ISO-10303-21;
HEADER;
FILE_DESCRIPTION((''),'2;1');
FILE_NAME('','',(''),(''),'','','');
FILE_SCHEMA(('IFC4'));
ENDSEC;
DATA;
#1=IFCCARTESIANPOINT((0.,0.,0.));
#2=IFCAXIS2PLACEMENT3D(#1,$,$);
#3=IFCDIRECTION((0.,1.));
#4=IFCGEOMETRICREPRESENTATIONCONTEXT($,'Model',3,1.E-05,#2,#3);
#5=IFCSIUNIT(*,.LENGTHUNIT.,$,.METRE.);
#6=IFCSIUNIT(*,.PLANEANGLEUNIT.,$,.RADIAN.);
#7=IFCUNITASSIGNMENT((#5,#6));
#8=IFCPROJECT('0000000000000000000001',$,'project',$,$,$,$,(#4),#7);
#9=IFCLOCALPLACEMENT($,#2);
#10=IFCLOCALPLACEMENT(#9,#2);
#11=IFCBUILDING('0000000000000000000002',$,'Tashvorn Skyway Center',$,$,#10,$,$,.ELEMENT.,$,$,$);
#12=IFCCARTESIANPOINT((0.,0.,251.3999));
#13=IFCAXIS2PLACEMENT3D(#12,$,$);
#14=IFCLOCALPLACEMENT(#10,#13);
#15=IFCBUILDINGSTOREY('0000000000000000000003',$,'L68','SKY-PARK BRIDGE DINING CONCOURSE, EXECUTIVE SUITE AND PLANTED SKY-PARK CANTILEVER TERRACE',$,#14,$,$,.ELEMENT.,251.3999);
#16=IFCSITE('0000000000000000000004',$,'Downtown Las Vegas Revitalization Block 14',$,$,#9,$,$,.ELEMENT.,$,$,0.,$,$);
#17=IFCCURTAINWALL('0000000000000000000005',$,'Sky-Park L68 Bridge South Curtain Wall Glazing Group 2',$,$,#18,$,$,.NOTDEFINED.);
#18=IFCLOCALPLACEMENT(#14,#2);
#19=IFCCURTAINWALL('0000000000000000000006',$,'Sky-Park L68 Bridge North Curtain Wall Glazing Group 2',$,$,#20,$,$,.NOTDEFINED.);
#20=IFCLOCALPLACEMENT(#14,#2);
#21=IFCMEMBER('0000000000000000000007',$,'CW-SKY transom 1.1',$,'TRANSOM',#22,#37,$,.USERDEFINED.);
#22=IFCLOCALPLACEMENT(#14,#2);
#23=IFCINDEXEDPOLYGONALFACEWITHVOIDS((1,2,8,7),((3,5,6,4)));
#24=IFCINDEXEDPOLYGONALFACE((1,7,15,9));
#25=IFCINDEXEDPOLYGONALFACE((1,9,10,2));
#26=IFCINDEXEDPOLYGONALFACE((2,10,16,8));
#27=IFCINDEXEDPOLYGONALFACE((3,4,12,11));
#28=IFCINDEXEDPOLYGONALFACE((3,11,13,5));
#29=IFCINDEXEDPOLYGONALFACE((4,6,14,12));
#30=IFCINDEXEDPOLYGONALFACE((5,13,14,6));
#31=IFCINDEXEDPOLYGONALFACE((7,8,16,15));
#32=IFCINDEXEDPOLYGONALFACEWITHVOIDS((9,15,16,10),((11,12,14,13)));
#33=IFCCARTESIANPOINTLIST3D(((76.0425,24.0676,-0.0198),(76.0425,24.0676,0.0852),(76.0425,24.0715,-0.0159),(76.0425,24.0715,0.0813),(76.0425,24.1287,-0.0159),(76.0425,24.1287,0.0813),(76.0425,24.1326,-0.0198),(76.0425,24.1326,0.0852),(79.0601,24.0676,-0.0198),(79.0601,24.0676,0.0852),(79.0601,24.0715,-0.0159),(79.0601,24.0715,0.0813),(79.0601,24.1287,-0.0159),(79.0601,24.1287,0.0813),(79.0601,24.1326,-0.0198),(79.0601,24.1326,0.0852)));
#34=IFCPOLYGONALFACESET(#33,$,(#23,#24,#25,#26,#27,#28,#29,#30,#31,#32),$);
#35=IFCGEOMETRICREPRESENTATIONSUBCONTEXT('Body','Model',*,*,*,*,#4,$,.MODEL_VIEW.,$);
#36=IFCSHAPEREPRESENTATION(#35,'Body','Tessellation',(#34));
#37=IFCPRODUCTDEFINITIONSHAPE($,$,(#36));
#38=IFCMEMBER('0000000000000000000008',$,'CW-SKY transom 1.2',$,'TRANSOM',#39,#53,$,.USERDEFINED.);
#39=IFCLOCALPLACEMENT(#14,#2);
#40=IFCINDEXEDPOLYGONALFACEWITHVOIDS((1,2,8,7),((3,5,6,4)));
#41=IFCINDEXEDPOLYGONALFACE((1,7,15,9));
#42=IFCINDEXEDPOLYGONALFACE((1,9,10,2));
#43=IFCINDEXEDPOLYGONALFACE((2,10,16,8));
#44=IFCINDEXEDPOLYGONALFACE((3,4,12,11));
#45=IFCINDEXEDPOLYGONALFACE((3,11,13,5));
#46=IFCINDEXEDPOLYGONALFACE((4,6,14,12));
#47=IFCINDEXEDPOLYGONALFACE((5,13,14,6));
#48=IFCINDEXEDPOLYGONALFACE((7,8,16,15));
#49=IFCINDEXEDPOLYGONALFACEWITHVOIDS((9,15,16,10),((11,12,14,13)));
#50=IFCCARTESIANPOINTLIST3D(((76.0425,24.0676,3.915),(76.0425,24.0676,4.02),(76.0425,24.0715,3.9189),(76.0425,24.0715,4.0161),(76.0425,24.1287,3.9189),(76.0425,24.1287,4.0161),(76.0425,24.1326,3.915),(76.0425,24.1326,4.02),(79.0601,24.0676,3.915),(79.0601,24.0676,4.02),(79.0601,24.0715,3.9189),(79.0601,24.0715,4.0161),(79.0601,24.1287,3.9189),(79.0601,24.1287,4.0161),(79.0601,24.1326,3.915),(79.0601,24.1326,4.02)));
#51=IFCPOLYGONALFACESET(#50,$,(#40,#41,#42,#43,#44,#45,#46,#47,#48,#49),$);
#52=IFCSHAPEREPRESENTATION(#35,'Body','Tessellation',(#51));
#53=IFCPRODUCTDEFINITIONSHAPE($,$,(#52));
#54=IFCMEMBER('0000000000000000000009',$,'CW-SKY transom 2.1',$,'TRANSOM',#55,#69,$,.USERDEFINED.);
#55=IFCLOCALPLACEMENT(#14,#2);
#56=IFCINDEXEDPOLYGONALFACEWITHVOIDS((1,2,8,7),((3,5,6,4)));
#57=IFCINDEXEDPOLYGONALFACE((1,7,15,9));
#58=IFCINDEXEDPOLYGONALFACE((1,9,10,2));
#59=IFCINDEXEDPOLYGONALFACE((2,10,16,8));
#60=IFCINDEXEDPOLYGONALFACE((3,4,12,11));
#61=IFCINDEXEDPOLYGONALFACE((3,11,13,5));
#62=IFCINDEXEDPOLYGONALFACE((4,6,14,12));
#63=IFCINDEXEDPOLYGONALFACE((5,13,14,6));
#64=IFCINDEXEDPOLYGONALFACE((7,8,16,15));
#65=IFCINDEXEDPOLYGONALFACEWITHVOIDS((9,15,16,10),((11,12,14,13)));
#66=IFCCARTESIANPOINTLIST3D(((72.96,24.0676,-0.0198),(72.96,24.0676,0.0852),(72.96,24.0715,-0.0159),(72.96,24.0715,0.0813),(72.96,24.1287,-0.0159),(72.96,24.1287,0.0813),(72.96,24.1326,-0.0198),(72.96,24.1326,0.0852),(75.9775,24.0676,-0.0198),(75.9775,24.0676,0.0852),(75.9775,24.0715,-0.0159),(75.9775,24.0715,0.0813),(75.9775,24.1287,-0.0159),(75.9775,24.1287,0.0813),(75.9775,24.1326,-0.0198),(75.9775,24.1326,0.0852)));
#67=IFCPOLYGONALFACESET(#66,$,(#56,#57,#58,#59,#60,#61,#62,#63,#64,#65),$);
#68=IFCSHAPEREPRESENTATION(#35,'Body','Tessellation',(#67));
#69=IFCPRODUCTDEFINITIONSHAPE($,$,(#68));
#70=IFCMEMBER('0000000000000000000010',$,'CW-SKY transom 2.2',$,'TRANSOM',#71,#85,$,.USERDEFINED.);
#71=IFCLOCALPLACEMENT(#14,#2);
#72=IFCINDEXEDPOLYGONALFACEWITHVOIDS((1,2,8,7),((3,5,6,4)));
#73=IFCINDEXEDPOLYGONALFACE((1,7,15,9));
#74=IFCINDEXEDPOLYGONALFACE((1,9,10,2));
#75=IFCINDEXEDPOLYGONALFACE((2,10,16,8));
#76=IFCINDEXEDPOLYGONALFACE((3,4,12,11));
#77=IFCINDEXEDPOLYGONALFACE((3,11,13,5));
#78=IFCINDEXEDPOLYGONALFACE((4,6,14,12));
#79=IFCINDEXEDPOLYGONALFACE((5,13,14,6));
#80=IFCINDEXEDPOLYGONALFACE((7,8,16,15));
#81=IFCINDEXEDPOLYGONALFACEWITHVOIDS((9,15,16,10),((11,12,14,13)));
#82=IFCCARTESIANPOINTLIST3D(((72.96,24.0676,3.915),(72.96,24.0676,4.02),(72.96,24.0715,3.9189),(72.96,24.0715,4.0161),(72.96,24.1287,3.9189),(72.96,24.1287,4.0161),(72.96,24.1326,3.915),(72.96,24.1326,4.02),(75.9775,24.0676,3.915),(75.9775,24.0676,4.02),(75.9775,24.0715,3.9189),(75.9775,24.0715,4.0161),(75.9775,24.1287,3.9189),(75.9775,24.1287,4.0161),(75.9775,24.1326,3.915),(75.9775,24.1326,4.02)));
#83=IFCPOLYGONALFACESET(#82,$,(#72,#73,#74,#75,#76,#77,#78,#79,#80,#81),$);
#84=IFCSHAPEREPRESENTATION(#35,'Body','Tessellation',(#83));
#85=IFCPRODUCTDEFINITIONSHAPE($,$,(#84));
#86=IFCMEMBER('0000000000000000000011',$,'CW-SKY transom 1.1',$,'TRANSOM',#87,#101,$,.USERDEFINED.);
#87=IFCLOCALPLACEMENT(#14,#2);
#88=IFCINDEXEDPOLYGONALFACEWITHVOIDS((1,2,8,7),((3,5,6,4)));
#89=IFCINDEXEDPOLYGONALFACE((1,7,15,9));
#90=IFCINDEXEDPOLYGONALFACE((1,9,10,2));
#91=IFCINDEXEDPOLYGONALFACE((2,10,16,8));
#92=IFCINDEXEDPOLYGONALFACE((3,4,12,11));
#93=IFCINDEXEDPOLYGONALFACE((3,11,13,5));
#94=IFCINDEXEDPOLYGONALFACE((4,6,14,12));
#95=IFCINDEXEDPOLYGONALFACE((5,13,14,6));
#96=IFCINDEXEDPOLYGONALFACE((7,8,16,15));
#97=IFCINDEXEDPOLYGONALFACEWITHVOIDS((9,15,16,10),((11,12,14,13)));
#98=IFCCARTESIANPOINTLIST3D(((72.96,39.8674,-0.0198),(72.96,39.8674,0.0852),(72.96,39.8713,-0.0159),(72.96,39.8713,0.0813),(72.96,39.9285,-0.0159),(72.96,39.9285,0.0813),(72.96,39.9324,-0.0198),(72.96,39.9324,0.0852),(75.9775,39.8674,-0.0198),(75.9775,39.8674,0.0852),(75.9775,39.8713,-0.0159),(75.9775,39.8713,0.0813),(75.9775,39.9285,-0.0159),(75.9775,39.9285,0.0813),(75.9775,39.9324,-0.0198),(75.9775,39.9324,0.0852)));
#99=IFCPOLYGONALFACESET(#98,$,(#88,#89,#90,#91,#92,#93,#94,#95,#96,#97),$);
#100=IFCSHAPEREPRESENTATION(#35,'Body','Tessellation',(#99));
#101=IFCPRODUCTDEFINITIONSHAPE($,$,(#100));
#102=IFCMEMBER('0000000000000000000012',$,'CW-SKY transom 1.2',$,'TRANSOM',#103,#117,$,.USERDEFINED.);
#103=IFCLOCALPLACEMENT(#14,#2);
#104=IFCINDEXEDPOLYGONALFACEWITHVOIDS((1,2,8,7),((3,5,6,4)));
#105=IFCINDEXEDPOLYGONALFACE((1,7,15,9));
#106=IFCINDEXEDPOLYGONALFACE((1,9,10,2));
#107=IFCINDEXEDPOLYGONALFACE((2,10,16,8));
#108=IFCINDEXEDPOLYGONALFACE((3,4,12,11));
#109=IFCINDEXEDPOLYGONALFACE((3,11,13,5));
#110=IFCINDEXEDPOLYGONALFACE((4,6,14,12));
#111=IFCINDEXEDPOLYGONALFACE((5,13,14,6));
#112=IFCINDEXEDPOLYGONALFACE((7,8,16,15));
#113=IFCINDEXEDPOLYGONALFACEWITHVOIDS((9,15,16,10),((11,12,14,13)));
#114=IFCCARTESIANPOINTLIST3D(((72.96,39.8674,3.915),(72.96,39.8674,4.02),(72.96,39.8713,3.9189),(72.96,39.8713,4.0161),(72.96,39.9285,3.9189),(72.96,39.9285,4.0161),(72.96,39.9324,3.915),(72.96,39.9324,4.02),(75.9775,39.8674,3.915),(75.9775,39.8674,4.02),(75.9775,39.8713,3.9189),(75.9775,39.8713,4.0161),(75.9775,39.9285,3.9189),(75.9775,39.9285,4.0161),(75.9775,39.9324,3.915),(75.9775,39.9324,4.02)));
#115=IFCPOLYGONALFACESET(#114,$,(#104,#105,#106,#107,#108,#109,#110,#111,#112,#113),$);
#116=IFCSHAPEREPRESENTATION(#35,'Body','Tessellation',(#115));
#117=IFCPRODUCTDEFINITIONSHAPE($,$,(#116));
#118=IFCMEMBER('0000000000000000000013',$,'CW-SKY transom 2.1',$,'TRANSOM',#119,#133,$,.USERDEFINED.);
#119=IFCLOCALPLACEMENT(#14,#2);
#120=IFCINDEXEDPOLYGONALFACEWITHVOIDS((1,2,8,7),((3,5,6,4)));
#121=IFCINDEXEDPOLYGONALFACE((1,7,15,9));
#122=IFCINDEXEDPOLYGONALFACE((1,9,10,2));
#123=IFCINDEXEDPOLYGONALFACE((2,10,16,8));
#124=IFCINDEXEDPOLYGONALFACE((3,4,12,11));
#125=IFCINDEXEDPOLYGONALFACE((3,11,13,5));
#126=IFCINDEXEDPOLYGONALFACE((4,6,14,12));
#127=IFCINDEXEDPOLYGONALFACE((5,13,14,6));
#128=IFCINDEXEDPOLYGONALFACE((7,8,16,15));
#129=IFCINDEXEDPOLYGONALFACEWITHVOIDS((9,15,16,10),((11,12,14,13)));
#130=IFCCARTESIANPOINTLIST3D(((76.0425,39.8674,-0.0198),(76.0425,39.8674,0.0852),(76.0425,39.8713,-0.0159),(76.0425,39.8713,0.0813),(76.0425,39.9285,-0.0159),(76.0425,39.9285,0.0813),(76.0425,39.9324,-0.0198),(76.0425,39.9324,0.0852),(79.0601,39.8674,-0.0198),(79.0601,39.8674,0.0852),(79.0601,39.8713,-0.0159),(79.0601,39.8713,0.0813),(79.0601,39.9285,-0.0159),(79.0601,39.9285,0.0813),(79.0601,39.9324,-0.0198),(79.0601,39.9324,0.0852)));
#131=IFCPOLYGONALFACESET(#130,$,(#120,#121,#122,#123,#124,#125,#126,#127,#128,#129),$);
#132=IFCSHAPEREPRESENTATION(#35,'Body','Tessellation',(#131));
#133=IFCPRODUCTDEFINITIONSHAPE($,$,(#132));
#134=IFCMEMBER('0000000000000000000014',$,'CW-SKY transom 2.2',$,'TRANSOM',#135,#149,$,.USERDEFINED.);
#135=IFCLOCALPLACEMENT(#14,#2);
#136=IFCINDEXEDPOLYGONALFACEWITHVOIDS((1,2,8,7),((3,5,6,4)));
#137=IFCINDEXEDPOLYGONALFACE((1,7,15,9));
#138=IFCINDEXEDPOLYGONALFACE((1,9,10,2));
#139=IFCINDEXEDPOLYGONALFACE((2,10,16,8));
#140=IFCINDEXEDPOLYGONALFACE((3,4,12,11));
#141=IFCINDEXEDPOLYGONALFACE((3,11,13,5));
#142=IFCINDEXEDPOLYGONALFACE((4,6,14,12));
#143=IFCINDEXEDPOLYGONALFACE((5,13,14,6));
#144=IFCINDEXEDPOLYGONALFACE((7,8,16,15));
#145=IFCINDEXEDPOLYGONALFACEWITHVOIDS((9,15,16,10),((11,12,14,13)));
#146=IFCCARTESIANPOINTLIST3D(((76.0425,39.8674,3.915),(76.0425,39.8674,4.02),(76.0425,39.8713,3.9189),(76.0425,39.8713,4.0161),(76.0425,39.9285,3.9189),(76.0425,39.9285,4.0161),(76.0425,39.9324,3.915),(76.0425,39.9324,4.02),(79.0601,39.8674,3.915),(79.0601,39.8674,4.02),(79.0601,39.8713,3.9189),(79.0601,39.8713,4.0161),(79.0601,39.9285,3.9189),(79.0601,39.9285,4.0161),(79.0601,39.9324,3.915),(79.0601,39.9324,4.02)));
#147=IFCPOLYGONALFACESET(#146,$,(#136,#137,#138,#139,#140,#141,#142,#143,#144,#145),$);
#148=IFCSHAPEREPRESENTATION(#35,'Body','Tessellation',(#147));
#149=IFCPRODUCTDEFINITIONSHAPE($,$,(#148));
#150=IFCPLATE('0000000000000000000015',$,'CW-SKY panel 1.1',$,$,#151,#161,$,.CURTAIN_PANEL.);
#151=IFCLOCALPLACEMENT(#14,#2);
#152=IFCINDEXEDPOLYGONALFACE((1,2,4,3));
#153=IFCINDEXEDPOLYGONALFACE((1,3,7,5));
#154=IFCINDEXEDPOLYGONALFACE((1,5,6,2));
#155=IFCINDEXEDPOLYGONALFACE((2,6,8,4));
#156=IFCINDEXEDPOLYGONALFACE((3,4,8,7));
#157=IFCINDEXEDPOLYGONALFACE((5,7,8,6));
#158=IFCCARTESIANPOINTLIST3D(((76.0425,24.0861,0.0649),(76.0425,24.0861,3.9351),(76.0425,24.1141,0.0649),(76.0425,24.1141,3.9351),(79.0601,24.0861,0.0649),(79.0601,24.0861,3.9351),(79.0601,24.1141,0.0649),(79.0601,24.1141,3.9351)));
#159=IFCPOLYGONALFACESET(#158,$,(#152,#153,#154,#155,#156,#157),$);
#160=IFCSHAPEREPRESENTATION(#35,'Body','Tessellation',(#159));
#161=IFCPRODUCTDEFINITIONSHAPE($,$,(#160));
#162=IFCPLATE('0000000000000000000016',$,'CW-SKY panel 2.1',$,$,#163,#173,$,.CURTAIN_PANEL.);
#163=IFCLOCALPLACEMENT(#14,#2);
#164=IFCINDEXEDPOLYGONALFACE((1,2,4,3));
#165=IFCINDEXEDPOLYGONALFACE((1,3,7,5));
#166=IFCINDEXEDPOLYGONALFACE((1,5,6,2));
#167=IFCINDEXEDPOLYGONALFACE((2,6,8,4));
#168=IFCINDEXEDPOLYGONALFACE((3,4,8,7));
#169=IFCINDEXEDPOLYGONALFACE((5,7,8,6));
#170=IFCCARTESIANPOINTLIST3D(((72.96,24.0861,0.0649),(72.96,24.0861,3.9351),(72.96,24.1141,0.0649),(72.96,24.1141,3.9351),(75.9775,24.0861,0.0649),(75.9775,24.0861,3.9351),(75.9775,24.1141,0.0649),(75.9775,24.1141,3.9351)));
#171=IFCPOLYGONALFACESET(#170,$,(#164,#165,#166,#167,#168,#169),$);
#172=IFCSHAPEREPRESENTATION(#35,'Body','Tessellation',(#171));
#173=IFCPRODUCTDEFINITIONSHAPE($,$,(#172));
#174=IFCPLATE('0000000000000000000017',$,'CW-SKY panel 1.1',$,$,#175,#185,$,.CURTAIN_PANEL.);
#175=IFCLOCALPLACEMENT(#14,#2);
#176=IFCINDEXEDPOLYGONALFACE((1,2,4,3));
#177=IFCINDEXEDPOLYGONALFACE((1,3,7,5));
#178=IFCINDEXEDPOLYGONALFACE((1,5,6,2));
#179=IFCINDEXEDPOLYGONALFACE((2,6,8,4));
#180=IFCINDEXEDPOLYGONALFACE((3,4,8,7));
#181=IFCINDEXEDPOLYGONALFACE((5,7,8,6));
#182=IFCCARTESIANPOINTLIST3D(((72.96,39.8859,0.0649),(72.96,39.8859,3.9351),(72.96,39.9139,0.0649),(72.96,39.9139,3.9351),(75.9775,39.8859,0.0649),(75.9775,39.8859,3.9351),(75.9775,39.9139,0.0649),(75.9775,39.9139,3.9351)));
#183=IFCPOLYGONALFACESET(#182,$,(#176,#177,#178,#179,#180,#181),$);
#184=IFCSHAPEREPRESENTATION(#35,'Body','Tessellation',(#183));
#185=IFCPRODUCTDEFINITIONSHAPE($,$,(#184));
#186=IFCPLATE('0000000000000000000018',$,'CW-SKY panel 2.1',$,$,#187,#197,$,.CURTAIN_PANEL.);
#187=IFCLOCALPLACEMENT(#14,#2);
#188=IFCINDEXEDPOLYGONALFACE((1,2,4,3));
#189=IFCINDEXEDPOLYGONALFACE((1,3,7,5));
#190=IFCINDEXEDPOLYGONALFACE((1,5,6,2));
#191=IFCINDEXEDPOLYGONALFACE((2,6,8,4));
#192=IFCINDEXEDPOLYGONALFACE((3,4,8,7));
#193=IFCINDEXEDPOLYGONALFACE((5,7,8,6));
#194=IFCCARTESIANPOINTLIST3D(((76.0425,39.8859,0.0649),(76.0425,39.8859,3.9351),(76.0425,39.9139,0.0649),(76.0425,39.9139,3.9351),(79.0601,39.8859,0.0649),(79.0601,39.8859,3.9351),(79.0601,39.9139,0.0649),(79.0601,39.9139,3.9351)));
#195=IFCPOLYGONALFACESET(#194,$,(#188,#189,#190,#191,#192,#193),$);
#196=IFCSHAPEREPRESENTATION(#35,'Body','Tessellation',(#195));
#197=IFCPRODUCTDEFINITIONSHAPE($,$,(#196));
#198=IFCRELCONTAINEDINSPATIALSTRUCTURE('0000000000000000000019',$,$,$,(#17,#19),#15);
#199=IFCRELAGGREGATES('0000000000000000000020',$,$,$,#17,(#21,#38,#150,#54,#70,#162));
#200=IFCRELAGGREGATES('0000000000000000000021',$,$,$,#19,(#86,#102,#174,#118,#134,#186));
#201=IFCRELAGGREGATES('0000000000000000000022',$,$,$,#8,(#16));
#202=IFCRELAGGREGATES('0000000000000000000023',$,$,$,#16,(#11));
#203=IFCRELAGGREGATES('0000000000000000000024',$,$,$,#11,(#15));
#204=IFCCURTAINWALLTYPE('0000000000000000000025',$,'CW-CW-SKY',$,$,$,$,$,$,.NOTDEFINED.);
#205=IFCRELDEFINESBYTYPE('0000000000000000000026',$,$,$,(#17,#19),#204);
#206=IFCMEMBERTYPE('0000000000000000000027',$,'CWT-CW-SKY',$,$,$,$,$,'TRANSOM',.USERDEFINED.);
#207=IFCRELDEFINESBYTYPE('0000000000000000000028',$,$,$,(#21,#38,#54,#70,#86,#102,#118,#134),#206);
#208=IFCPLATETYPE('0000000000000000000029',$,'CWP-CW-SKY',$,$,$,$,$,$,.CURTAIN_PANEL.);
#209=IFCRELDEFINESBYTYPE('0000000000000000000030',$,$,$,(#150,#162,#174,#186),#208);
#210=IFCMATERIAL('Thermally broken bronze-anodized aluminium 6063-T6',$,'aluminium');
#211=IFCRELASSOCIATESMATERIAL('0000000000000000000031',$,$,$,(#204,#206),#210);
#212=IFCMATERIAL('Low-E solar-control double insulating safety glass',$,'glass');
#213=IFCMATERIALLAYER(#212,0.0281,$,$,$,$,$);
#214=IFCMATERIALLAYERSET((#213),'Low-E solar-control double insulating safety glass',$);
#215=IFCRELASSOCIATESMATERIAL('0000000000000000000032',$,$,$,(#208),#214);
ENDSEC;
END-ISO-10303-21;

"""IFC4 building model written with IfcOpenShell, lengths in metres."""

from ifc_helpers import new_model, si_unit, direction, frame, origin, origin_2d, place, context, subcontext, project, spatial, rectangle, hollow_rectangle, extrude, material, layer, layer_set, material_profile, profile_set, type_object, element, aggregate, save


model = new_model("IFC4")

# Units and contexts
model_context = context("Model", 3, precision=1e-05, world=origin(), true_north=direction((0.0, 1.0)))
body_context = subcontext(model_context, "Body", "Model", "MODEL_VIEW")
ifc_project = project(units=[si_unit("LENGTHUNIT", "METRE"), si_unit("PLANEANGLEUNIT", "RADIAN")], contexts=[model_context])

# Site, building, storey
site_placement = place(None, origin())
site = spatial("IfcSite", under=ifc_project, at=site_placement, Name="Downtown Las Vegas Revitalization Block 14", CompositionType="ELEMENT", RefElevation=0.0)
building_placement = place(site_placement, origin())
building = spatial("IfcBuilding", under=site, at=building_placement, Name="Tashvorn Skyway Center", CompositionType="ELEMENT")
storey_placement = place(building_placement, frame((0.0, 0.0, 251.3999)))
storey = spatial("IfcBuildingStorey", under=building, at=storey_placement, Name="L68", Description="SKY-PARK BRIDGE DINING CONCOURSE, EXECUTIVE SUITE AND PLANTED SKY-PARK CANTILEVER TERRACE", CompositionType="ELEMENT", Elevation=251.3999)

# Shared definitions
ifc_material_1 = material(Name="Thermally broken bronze-anodized aluminium 6063-T6", Category="aluminium")
curtain_wall_type = type_object("IfcCurtainWallType", Name="CW-CW-SKY", PredefinedType="NOTDEFINED", material=ifc_material_1)

# Curtain walls
curtain_wall_1_placement = place(storey_placement, origin())
curtain_wall_1 = element("IfcCurtainWall", 1, at=curtain_wall_1_placement, inside=storey, type_object=curtain_wall_type, Name="Sky-Park L68 Bridge South Curtain Wall Glazing Group 2", PredefinedType="NOTDEFINED")
curtain_wall_2_placement = place(storey_placement, origin())
curtain_wall_2 = element("IfcCurtainWall", 2, at=curtain_wall_2_placement, inside=storey, type_object=curtain_wall_type, Name="Sky-Park L68 Bridge North Curtain Wall Glazing Group 2", PredefinedType="NOTDEFINED")

# Members
ifc_material_profile_1 = material_profile(ifc_material_1, hollow_rectangle(XDim=0.0649, YDim=0.105, WallThickness=0.0039, at=origin_2d()), Name="ALU-TRAN-65x105")
ifc_profile_set_1 = profile_set([ifc_material_profile_1], Name="Thermally broken bronze-anodized aluminium 6063-T6")
member_type_1 = type_object("IfcMemberType", Name="CWT-CW-SKY", ElementType="TRANSOM", PredefinedType="USERDEFINED", material=ifc_profile_set_1)
member_1_placement = place(storey_placement, frame((79.0601, 24.1001, 0.0327), z_axis=(-1.0, 0.0, 0.0), x_axis=(0.0, -1.0, 0.0)))
member_1 = element("IfcMember", 3, at=member_1_placement, type_object=member_type_1, Name="CW-SKY transom 1.1", ObjectType="TRANSOM", PredefinedType="USERDEFINED", context=body_context, shape_type="SweptSolid", body=[
    extrude(hollow_rectangle(XDim=0.0649, YDim=0.105, WallThickness=0.0039, at=origin_2d()), origin(), (0.0, 0.0, 1.0), 3.0176),
])
member_2_placement = place(storey_placement, frame((79.0601, 24.1001, 3.9675), z_axis=(-1.0, 0.0, 0.0), x_axis=(0.0, -1.0, 0.0)))
member_2 = element("IfcMember", 4, at=member_2_placement, type_object=member_type_1, Name="CW-SKY transom 1.2", ObjectType="TRANSOM", PredefinedType="USERDEFINED", context=body_context, shape_type="SweptSolid", body=[
    extrude(hollow_rectangle(XDim=0.0649, YDim=0.105, WallThickness=0.0039, at=origin_2d()), origin(), (0.0, 0.0, 1.0), 3.0176),
])
member_3_placement = place(storey_placement, frame((75.9775, 24.1001, 0.0327), z_axis=(-1.0, 0.0, 0.0), x_axis=(0.0, -1.0, 0.0)))
member_3 = element("IfcMember", 5, at=member_3_placement, type_object=member_type_1, Name="CW-SKY transom 2.1", ObjectType="TRANSOM", PredefinedType="USERDEFINED", context=body_context, shape_type="SweptSolid", body=[
    extrude(hollow_rectangle(XDim=0.0649, YDim=0.105, WallThickness=0.0039, at=origin_2d()), origin(), (0.0, 0.0, 1.0), 3.0176),
])
member_4_placement = place(storey_placement, frame((75.9775, 24.1001, 3.9675), z_axis=(-1.0, 0.0, 0.0), x_axis=(0.0, -1.0, 0.0)))
member_4 = element("IfcMember", 6, at=member_4_placement, type_object=member_type_1, Name="CW-SKY transom 2.2", ObjectType="TRANSOM", PredefinedType="USERDEFINED", context=body_context, shape_type="SweptSolid", body=[
    extrude(hollow_rectangle(XDim=0.0649, YDim=0.105, WallThickness=0.0039, at=origin_2d()), origin(), (0.0, 0.0, 1.0), 3.0176),
])
member_5_placement = place(storey_placement, frame((72.96, 39.8999, 0.0327), z_axis=(1.0, 0.0, 0.0), x_axis=(0.0, 1.0, 0.0)))
member_5 = element("IfcMember", 7, at=member_5_placement, type_object=member_type_1, Name="CW-SKY transom 1.1", ObjectType="TRANSOM", PredefinedType="USERDEFINED", context=body_context, shape_type="SweptSolid", body=[
    extrude(hollow_rectangle(XDim=0.0649, YDim=0.105, WallThickness=0.0039, at=origin_2d()), origin(), (0.0, 0.0, 1.0), 3.0176),
])
member_6_placement = place(storey_placement, frame((72.96, 39.8999, 3.9675), z_axis=(1.0, 0.0, 0.0), x_axis=(0.0, 1.0, 0.0)))
member_6 = element("IfcMember", 8, at=member_6_placement, type_object=member_type_1, Name="CW-SKY transom 1.2", ObjectType="TRANSOM", PredefinedType="USERDEFINED", context=body_context, shape_type="SweptSolid", body=[
    extrude(hollow_rectangle(XDim=0.0649, YDim=0.105, WallThickness=0.0039, at=origin_2d()), origin(), (0.0, 0.0, 1.0), 3.0176),
])
member_7_placement = place(storey_placement, frame((76.0425, 39.8999, 0.0327), z_axis=(1.0, 0.0, 0.0), x_axis=(0.0, 1.0, 0.0)))
member_7 = element("IfcMember", 9, at=member_7_placement, type_object=member_type_1, Name="CW-SKY transom 2.1", ObjectType="TRANSOM", PredefinedType="USERDEFINED", context=body_context, shape_type="SweptSolid", body=[
    extrude(hollow_rectangle(XDim=0.0649, YDim=0.105, WallThickness=0.0039, at=origin_2d()), origin(), (0.0, 0.0, 1.0), 3.0176),
])
member_8_placement = place(storey_placement, frame((76.0425, 39.8999, 3.9675), z_axis=(1.0, 0.0, 0.0), x_axis=(0.0, 1.0, 0.0)))
member_8 = element("IfcMember", 10, at=member_8_placement, type_object=member_type_1, Name="CW-SKY transom 2.2", ObjectType="TRANSOM", PredefinedType="USERDEFINED", context=body_context, shape_type="SweptSolid", body=[
    extrude(hollow_rectangle(XDim=0.0649, YDim=0.105, WallThickness=0.0039, at=origin_2d()), origin(), (0.0, 0.0, 1.0), 3.0176),
])

# Plates
ifc_material_2 = material(Name="Low-E solar-control double insulating safety glass", Category="glass")
ifc_layer_1 = layer(ifc_material_2, 0.0281)
ifc_layer_set_1 = layer_set([ifc_layer_1], Name="Low-E solar-control double insulating safety glass")
plate_type = type_object("IfcPlateType", Name="CWP-CW-SKY", PredefinedType="CURTAIN_PANEL", material=ifc_layer_set_1)
plate_1_placement = place(storey_placement, frame((77.5513, 24.1001, 0.0649), z_axis=(0.0, 0.0, 1.0), x_axis=(-1.0, 0.0, 0.0)))
plate_1 = element("IfcPlate", 11, at=plate_1_placement, type_object=plate_type, Name="CW-SKY panel 1.1", PredefinedType="CURTAIN_PANEL", context=body_context, shape_type="SweptSolid", body=[
    extrude(rectangle(XDim=3.0176, YDim=0.0281, at=origin_2d()), origin(), (0.0, 0.0, 1.0), 3.8701),
])
plate_2_placement = place(storey_placement, frame((74.4688, 24.1001, 0.0649), z_axis=(0.0, 0.0, 1.0), x_axis=(-1.0, 0.0, 0.0)))
plate_2 = element("IfcPlate", 12, at=plate_2_placement, type_object=plate_type, Name="CW-SKY panel 2.1", PredefinedType="CURTAIN_PANEL", context=body_context, shape_type="SweptSolid", body=[
    extrude(rectangle(XDim=3.0176, YDim=0.0281, at=origin_2d()), origin(), (0.0, 0.0, 1.0), 3.8701),
])
aggregate(curtain_wall_1, [member_1, member_2, plate_1, member_3, member_4, plate_2])
plate_3_placement = place(storey_placement, frame((74.4688, 39.8999, 0.0649), z_axis=(0.0, 0.0, 1.0), x_axis=(1.0, 0.0, 0.0)))
plate_3 = element("IfcPlate", 13, at=plate_3_placement, type_object=plate_type, Name="CW-SKY panel 1.1", PredefinedType="CURTAIN_PANEL", context=body_context, shape_type="SweptSolid", body=[
    extrude(rectangle(XDim=3.0176, YDim=0.0281, at=origin_2d()), origin(), (0.0, 0.0, 1.0), 3.8701),
])
plate_4_placement = place(storey_placement, frame((77.5513, 39.8999, 0.0649), z_axis=(0.0, 0.0, 1.0), x_axis=(1.0, 0.0, 0.0)))
plate_4 = element("IfcPlate", 14, at=plate_4_placement, type_object=plate_type, Name="CW-SKY panel 2.1", PredefinedType="CURTAIN_PANEL", context=body_context, shape_type="SweptSolid", body=[
    extrude(rectangle(XDim=3.0176, YDim=0.0281, at=origin_2d()), origin(), (0.0, 0.0, 1.0), 3.8701),
])
aggregate(curtain_wall_2, [member_5, member_6, plate_3, member_7, member_8, plate_4])

save(model, "model.ifc")
